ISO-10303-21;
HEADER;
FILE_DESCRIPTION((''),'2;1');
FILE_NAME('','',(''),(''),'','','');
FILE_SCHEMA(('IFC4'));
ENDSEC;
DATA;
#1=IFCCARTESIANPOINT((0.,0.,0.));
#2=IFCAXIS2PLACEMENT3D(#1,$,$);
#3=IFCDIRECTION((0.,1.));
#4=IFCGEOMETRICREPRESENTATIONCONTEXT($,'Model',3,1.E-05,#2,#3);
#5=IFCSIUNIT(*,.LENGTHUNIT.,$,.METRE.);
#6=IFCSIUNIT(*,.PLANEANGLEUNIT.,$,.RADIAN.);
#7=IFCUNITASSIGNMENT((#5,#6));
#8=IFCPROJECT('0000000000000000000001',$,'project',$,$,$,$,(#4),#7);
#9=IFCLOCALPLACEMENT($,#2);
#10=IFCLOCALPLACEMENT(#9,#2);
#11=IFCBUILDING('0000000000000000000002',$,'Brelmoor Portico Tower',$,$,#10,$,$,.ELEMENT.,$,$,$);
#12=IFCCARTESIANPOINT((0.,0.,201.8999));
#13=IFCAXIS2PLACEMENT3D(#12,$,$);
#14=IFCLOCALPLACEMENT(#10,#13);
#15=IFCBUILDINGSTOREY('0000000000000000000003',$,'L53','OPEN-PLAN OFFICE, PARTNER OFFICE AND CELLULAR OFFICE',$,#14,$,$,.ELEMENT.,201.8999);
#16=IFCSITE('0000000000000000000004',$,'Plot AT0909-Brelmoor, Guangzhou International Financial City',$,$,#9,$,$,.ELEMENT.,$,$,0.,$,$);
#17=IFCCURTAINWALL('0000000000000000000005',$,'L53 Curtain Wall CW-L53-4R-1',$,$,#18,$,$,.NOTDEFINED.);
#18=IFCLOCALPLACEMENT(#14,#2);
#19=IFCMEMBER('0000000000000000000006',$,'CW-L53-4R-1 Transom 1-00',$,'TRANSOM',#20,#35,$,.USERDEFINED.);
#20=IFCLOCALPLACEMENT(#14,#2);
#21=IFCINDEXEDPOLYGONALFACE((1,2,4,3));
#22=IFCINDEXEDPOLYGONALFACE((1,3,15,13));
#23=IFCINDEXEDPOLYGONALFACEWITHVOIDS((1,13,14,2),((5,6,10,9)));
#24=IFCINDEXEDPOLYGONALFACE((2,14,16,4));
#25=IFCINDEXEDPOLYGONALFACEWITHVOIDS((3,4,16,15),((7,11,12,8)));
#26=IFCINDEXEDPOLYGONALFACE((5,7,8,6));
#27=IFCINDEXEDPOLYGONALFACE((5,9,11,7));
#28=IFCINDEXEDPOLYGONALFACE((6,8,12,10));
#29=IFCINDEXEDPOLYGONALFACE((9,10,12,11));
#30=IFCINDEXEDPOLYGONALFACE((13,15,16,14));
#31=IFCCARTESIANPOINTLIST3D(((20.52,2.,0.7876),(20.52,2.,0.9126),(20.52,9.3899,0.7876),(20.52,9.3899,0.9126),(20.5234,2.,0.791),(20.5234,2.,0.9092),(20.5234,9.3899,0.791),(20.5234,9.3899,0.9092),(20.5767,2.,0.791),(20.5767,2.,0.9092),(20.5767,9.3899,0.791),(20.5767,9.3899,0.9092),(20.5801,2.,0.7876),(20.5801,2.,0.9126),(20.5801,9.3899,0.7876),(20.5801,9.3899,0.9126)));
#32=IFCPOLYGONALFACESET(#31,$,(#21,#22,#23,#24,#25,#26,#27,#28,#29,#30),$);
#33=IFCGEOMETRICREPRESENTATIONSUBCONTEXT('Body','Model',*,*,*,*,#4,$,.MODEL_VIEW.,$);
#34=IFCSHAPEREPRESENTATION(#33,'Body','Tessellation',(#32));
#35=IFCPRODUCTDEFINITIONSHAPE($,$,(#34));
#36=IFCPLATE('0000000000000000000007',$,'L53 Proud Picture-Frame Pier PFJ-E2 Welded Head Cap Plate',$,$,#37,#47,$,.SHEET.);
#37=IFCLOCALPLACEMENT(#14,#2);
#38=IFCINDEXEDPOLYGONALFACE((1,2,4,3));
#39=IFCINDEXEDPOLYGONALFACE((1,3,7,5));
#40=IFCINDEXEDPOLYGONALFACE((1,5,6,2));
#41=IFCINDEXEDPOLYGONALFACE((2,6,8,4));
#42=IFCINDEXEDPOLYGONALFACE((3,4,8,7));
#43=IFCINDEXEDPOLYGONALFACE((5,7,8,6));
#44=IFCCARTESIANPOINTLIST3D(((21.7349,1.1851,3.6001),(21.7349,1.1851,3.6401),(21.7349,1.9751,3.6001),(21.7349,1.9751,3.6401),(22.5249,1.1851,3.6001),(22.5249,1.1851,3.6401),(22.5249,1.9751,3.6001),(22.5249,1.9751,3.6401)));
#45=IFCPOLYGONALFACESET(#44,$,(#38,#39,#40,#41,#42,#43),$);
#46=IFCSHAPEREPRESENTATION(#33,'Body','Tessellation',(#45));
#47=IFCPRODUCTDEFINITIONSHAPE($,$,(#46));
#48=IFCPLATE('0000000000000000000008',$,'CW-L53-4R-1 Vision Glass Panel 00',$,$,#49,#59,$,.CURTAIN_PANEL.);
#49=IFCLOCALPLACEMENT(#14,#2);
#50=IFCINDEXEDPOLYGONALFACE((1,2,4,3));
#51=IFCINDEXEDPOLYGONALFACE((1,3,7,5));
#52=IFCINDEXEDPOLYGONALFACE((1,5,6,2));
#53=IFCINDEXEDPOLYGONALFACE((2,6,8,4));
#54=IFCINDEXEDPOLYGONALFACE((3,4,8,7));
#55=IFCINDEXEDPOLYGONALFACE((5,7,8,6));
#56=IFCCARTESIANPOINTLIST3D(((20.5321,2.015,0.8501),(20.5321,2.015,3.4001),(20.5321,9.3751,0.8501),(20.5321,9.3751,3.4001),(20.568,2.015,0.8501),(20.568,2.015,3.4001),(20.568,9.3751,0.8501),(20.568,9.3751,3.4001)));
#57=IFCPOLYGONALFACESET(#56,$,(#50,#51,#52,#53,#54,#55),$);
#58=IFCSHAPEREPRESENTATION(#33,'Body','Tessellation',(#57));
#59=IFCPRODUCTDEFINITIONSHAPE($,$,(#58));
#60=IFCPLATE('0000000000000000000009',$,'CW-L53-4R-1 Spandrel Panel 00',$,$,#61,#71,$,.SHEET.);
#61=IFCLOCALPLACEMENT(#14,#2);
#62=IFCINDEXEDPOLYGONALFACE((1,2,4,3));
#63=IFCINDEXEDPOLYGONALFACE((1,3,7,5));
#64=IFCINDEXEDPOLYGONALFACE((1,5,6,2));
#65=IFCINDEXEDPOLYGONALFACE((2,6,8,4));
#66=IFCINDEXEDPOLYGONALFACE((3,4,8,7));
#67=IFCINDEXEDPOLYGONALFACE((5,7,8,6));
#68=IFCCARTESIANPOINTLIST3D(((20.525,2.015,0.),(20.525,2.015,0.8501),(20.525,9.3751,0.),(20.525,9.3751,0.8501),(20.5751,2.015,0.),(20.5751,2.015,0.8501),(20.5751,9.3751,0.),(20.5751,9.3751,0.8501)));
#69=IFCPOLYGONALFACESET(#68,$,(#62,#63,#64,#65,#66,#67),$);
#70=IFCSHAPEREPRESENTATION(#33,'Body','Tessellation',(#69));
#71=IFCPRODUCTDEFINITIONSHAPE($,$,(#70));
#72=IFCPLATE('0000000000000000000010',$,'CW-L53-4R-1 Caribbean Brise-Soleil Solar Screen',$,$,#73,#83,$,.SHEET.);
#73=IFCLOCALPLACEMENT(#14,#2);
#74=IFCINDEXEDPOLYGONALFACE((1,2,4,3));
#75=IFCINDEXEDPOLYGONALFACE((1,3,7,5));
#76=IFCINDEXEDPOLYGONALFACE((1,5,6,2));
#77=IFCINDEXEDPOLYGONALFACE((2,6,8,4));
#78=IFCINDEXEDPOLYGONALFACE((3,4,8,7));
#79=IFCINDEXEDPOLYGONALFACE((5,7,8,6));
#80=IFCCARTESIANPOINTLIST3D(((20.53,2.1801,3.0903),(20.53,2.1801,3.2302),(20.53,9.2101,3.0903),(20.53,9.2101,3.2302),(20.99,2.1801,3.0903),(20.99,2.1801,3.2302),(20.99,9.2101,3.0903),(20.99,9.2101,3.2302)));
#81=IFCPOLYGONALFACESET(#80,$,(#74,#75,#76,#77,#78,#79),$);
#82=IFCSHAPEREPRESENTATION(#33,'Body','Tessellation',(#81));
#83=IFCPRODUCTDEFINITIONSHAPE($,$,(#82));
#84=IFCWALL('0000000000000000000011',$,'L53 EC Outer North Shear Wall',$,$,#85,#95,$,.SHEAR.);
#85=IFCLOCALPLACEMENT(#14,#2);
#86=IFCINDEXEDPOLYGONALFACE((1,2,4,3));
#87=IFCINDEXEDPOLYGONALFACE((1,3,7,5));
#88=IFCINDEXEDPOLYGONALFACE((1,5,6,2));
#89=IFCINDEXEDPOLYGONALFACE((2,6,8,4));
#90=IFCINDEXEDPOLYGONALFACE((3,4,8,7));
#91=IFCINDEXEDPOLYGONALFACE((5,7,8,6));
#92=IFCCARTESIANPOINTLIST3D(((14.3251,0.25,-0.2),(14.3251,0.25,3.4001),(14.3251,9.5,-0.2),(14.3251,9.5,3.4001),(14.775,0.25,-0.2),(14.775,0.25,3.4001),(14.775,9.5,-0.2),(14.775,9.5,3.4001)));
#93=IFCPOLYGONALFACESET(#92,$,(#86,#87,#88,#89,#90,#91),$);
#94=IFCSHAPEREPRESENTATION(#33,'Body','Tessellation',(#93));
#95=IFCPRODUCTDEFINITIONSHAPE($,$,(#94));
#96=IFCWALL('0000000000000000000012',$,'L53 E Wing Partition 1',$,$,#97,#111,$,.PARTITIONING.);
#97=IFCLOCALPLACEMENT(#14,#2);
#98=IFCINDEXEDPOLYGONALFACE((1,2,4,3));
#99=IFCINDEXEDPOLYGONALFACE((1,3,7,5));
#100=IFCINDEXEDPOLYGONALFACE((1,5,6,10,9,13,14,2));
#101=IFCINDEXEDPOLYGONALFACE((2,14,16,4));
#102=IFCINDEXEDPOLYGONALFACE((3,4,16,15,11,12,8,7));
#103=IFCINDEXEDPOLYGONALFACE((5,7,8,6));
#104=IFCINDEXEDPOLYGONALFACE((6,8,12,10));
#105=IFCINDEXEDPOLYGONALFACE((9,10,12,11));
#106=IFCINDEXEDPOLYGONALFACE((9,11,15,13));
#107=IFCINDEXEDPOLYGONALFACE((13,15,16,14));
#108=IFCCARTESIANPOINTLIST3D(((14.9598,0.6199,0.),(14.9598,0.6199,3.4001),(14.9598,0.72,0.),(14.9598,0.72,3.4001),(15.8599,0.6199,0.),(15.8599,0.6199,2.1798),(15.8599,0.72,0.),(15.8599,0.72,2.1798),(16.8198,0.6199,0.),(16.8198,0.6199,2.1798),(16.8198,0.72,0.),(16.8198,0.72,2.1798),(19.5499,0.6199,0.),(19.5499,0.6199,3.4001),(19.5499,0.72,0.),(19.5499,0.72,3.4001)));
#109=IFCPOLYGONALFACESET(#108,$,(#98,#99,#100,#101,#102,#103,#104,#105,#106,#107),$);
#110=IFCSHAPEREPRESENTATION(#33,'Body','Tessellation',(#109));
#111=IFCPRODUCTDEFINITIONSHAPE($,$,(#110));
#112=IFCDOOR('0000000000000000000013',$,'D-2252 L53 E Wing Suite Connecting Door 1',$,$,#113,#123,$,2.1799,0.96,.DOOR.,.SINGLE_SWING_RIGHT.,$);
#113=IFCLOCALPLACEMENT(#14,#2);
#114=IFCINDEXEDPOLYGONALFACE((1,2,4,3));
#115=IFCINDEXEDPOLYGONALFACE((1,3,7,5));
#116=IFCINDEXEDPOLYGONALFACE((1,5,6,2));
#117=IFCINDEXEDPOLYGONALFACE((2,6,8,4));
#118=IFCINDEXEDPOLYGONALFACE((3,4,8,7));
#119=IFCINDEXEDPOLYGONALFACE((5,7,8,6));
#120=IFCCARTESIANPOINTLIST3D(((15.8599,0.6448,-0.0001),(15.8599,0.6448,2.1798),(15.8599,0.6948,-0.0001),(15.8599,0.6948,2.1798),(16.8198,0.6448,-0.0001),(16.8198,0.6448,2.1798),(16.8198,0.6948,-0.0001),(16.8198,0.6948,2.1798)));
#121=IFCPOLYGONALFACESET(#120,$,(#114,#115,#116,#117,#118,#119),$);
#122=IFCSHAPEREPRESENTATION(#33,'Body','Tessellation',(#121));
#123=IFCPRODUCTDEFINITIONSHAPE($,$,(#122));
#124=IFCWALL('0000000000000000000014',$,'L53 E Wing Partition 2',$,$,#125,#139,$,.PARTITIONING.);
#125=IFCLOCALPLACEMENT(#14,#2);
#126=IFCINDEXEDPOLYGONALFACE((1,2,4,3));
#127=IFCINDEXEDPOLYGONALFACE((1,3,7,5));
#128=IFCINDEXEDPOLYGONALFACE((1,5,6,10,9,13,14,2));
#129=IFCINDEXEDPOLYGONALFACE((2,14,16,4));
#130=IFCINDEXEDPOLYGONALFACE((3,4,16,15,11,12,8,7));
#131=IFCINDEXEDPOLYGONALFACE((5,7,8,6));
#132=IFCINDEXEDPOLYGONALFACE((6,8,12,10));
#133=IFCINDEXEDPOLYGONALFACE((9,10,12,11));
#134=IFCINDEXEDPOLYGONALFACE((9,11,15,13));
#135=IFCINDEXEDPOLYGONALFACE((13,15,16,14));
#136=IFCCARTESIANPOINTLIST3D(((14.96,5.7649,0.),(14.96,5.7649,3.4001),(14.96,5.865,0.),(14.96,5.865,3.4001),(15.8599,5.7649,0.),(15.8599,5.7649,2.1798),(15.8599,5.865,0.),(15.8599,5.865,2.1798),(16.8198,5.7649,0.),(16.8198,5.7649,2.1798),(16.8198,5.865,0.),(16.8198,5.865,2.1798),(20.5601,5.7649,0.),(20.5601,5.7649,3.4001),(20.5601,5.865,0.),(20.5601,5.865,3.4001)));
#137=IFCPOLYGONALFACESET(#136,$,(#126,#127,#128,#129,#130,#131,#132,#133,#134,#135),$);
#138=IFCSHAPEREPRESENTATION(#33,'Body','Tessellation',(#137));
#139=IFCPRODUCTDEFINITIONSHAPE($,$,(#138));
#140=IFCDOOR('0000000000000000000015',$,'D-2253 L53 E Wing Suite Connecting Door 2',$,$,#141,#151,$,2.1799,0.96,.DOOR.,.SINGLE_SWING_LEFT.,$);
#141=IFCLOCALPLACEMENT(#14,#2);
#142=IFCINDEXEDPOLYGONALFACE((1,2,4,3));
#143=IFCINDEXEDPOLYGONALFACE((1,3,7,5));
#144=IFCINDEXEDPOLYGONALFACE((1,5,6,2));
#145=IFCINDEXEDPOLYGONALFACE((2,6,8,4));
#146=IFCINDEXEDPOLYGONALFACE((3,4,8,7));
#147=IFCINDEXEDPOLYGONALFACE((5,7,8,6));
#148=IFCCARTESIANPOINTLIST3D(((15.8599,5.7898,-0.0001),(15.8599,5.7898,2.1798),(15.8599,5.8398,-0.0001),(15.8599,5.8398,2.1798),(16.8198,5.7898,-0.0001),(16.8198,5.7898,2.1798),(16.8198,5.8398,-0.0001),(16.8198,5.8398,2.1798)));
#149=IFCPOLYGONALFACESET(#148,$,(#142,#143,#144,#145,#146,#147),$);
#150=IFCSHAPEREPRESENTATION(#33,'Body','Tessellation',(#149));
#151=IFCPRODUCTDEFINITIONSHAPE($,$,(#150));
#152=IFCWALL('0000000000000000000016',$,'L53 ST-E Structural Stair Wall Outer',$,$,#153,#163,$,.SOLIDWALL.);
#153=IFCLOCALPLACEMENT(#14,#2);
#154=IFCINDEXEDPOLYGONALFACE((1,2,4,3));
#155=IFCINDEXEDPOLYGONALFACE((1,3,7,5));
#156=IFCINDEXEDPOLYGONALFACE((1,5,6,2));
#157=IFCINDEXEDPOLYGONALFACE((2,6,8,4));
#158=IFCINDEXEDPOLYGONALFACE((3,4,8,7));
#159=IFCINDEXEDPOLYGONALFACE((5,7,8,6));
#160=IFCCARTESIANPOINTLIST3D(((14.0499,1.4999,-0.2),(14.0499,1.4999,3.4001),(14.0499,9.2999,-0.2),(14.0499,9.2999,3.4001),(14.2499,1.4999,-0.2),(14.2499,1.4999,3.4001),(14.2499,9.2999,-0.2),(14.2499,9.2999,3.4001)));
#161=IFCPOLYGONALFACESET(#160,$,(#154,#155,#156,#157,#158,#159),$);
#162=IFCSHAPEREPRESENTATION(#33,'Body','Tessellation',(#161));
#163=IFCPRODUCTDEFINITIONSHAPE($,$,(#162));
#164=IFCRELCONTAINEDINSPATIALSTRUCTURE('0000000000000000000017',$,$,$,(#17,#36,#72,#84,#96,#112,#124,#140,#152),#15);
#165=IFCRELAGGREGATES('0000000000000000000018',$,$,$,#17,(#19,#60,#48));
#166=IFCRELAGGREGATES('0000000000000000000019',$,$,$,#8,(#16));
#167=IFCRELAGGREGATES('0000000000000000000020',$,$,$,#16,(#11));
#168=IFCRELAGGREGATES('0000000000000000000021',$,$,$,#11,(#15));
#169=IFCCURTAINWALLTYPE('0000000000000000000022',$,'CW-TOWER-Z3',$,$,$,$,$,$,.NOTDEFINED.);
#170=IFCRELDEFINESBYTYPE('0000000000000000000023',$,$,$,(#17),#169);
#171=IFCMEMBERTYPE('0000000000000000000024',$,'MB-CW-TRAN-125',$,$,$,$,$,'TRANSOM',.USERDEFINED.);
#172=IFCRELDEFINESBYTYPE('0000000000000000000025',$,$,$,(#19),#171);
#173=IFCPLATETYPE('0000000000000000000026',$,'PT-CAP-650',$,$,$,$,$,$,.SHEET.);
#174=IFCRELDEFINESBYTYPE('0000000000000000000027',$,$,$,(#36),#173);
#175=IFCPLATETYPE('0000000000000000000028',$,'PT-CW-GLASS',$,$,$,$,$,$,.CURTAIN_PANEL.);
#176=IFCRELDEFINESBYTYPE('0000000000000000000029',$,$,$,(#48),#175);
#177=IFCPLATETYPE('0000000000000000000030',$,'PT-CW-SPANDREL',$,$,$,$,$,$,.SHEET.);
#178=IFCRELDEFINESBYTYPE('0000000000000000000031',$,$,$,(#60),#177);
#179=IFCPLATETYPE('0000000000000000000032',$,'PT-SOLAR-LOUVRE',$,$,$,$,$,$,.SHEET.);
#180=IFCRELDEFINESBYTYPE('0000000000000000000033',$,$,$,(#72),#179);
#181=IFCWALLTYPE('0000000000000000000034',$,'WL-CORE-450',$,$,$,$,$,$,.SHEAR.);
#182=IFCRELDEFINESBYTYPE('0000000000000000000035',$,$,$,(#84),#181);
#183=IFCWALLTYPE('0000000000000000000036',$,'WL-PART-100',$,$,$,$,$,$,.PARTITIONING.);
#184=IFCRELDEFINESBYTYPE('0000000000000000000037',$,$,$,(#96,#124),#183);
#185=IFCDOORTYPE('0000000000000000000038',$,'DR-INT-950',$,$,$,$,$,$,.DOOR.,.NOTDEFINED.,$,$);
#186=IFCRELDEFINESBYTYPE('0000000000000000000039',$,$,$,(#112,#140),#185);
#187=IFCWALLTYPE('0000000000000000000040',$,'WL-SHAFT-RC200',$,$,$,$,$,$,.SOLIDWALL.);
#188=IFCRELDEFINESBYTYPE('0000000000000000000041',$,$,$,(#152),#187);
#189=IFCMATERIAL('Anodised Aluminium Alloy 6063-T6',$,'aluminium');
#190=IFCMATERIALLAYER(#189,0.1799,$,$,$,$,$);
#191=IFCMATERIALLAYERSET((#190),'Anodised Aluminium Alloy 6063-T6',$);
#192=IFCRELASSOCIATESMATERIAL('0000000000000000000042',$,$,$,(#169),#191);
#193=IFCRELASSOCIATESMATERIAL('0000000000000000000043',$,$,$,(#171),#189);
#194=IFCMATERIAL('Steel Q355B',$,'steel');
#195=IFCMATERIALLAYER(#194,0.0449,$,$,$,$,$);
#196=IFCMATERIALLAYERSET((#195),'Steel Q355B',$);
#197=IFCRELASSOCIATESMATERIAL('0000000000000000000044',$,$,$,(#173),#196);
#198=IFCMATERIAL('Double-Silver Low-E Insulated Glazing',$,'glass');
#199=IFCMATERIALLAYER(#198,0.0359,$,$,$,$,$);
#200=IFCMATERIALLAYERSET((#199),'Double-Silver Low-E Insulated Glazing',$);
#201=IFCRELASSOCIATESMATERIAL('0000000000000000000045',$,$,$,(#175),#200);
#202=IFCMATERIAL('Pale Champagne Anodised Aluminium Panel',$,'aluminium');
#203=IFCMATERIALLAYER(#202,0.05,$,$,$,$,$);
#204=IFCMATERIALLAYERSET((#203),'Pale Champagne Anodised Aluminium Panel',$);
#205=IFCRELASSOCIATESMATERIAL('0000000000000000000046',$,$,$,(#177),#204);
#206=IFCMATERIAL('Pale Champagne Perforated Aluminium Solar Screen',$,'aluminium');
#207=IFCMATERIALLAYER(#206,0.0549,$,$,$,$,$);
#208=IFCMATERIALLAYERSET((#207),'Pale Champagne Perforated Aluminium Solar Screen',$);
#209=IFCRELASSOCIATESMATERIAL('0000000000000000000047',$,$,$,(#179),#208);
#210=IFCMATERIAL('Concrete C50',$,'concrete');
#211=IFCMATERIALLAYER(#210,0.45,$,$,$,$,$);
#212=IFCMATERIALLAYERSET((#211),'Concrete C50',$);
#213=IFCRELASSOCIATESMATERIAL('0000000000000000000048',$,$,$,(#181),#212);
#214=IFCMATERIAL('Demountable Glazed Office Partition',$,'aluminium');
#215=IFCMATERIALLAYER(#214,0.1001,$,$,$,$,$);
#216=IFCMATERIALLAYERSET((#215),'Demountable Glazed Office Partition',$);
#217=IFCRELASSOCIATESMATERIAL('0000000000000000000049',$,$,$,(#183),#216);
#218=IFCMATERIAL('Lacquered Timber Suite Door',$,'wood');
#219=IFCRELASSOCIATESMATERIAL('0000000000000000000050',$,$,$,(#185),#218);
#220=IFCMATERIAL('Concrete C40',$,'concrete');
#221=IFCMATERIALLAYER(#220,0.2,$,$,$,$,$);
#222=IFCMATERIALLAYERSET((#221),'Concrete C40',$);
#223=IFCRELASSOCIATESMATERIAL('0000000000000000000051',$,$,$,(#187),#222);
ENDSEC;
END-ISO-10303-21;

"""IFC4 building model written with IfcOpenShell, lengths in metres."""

from ifc_helpers import new_model, si_unit, direction, frame, frame_2d, origin, origin_2d, place, context, subcontext, project, spatial, rectangle, hollow_rectangle, extrude, material, layer, layer_set, material_profile, profile_set, type_object, element, fill, aggregate, save


model = new_model("IFC4")

# Units and contexts
model_context = context("Model", 3, precision=1e-05, world=origin(), true_north=direction((0.0, 1.0)))
body_context = subcontext(model_context, "Body", "Model", "MODEL_VIEW")
ifc_project = project(units=[si_unit("LENGTHUNIT", "METRE"), si_unit("PLANEANGLEUNIT", "RADIAN")], contexts=[model_context])

# Site, building, storey
site_placement = place(None, origin())
site = spatial("IfcSite", under=ifc_project, at=site_placement, Name="Plot AT0909-Brelmoor, Guangzhou International Financial City", CompositionType="ELEMENT", RefElevation=0.0)
building_placement = place(site_placement, origin())
building = spatial("IfcBuilding", under=site, at=building_placement, Name="Brelmoor Portico Tower", CompositionType="ELEMENT")
storey_placement = place(building_placement, frame((0.0, 0.0, 201.8999)))
storey = spatial("IfcBuildingStorey", under=building, at=storey_placement, Name="L53", Description="OPEN-PLAN OFFICE, PARTNER OFFICE AND CELLULAR OFFICE", CompositionType="ELEMENT", Elevation=201.8999)

# Shared definitions
ifc_material_1 = material(Name="Steel Q355B", Category="steel")

# Curtain wall, member
ifc_material_2 = material(Name="Anodised Aluminium Alloy 6063-T6", Category="aluminium")
ifc_layer_1 = layer(ifc_material_2, 0.1799)
ifc_layer_set_1 = layer_set([ifc_layer_1], Name="Anodised Aluminium Alloy 6063-T6")
curtain_wall_type = type_object("IfcCurtainWallType", Name="CW-TOWER-Z3", PredefinedType="NOTDEFINED", material=ifc_layer_set_1)
curtain_wall_placement = place(storey_placement, origin())
curtain_wall = element("IfcCurtainWall", 1, at=curtain_wall_placement, inside=storey, type_object=curtain_wall_type, Name="L53 Curtain Wall CW-L53-4R-1", PredefinedType="NOTDEFINED")
ifc_material_profile_1 = material_profile(ifc_material_2, hollow_rectangle(XDim=0.0601, YDim=0.125, WallThickness=0.0034, at=origin_2d()), Name="ALU TRANSOM 60x125")
ifc_profile_set_1 = profile_set([ifc_material_profile_1], Name="Anodised Aluminium Alloy 6063-T6")
member_type_1 = type_object("IfcMemberType", Name="MB-CW-TRAN-125", ElementType="TRANSOM", PredefinedType="USERDEFINED", material=ifc_profile_set_1)
member_1_placement = place(storey_placement, frame((20.55, 2.0, 0.8501), z_axis=(0.0, 1.0, 0.0), x_axis=(-1.0, 0.0, 0.0)))
member_1 = element("IfcMember", 2, at=member_1_placement, type_object=member_type_1, Name="CW-L53-4R-1 Transom 1-00", ObjectType="TRANSOM", PredefinedType="USERDEFINED", context=body_context, shape_type="SweptSolid", body=[
    extrude(hollow_rectangle(XDim=0.0601, YDim=0.125, WallThickness=0.0034, at=origin_2d()), origin(), (0.0, 0.0, 1.0), 7.3899),
])

# Plates
ifc_layer_2 = layer(ifc_material_1, 0.0449)
ifc_layer_set_2 = layer_set([ifc_layer_2], Name="Steel Q355B")
plate_type_1 = type_object("IfcPlateType", Name="PT-CAP-650", PredefinedType="SHEET", material=ifc_layer_set_2)
plate_1_placement = place(storey_placement, frame((22.1299, 1.5801, 3.6001), z_axis=(0.0, 0.0, 1.0), x_axis=(0.0, 1.0, 0.0)))
element("IfcPlate", 3, at=plate_1_placement, inside=storey, type_object=plate_type_1, Name="L53 Proud Picture-Frame Pier PFJ-E2 Welded Head Cap Plate", PredefinedType="SHEET", context=body_context, shape_type="SweptSolid", body=[
    extrude(rectangle(XDim=0.79, YDim=0.79, at=origin_2d()), origin(), (0.0, 0.0, 1.0), 0.04),
])
ifc_material_3 = material(Name="Double-Silver Low-E Insulated Glazing", Category="glass")
ifc_layer_3 = layer(ifc_material_3, 0.0359)
ifc_layer_set_3 = layer_set([ifc_layer_3], Name="Double-Silver Low-E Insulated Glazing")
plate_type_2 = type_object("IfcPlateType", Name="PT-CW-GLASS", PredefinedType="CURTAIN_PANEL", material=ifc_layer_set_3)
plate_2_placement = place(storey_placement, frame((20.55, 5.6951, 0.8501), z_axis=(0.0, 0.0, 1.0), x_axis=(0.0, 1.0, 0.0)))
plate_2 = element("IfcPlate", 4, at=plate_2_placement, type_object=plate_type_2, Name="CW-L53-4R-1 Vision Glass Panel 00", PredefinedType="CURTAIN_PANEL", context=body_context, shape_type="SweptSolid", body=[
    extrude(rectangle(XDim=7.3601, YDim=0.0359, at=origin_2d()), origin(), (0.0, 0.0, 1.0), 2.55),
])
ifc_material_4 = material(Name="Pale Champagne Anodised Aluminium Panel", Category="aluminium")
ifc_layer_4 = layer(ifc_material_4, 0.05)
ifc_layer_set_4 = layer_set([ifc_layer_4], Name="Pale Champagne Anodised Aluminium Panel")
plate_type_3 = type_object("IfcPlateType", Name="PT-CW-SPANDREL", PredefinedType="SHEET", material=ifc_layer_set_4)
plate_3_placement = place(storey_placement, frame((20.55, 5.6951, 0.0), z_axis=(0.0, 0.0, 1.0), x_axis=(0.0, 1.0, 0.0)))
plate_3 = element("IfcPlate", 5, at=plate_3_placement, type_object=plate_type_3, Name="CW-L53-4R-1 Spandrel Panel 00", PredefinedType="SHEET", context=body_context, shape_type="SweptSolid", body=[
    extrude(rectangle(XDim=7.3601, YDim=0.05, at=origin_2d()), origin(), (0.0, 0.0, 1.0), 0.8501),
])
aggregate(curtain_wall, [member_1, plate_3, plate_2])
ifc_material_5 = material(Name="Pale Champagne Perforated Aluminium Solar Screen", Category="aluminium")
ifc_layer_5 = layer(ifc_material_5, 0.0549)
ifc_layer_set_5 = layer_set([ifc_layer_5], Name="Pale Champagne Perforated Aluminium Solar Screen")
plate_type_4 = type_object("IfcPlateType", Name="PT-SOLAR-LOUVRE", PredefinedType="SHEET", material=ifc_layer_set_5)
plate_4_placement = place(storey_placement, frame((20.76, 5.6951, 3.0903), z_axis=(0.0, 0.0, 1.0), x_axis=(0.0, 1.0, 0.0)))
element("IfcPlate", 6, at=plate_4_placement, inside=storey, type_object=plate_type_4, Name="CW-L53-4R-1 Caribbean Brise-Soleil Solar Screen", PredefinedType="SHEET", context=body_context, shape_type="SweptSolid", body=[
    extrude(rectangle(XDim=7.03, YDim=0.46, at=origin_2d()), origin(), (0.0, 0.0, 1.0), 0.1399),
])

# Wall
ifc_material_6 = material(Name="Concrete C50", Category="concrete")
ifc_layer_6 = layer(ifc_material_6, 0.45)
ifc_layer_set_6 = layer_set([ifc_layer_6], Name="Concrete C50")
wall_type_1 = type_object("IfcWallType", Name="WL-CORE-450", PredefinedType="SHEAR", material=ifc_layer_set_6)
wall_1_placement = place(storey_placement, frame((14.55, 0.25, -0.2), z_axis=(0.0, 0.0, 1.0), x_axis=(0.0, 1.0, 0.0)))
element("IfcWall", 7, at=wall_1_placement, inside=storey, type_object=wall_type_1, Name="L53 EC Outer North Shear Wall", PredefinedType="SHEAR", context=body_context, shape_type="SweptSolid", body=[
    extrude(rectangle(XDim=9.25, YDim=0.45, at=frame_2d((4.625, 0.0))), origin(), (0.0, 0.0, 1.0), 3.6001),
])

# Walls, openings, doors
ifc_material_7 = material(Name="Demountable Glazed Office Partition", Category="aluminium")
ifc_layer_7 = layer(ifc_material_7, 0.1001)
ifc_layer_set_7 = layer_set([ifc_layer_7], Name="Demountable Glazed Office Partition")
wall_type_2 = type_object("IfcWallType", Name="WL-PART-100", PredefinedType="PARTITIONING", material=ifc_layer_set_7)
wall_2_placement = place(storey_placement, frame((14.96, 0.6699, 0.0), z_axis=(0.0, 0.0, 1.0), x_axis=(1.0, 0.0, 0.0)))
wall_2 = element("IfcWall", 8, at=wall_2_placement, inside=storey, type_object=wall_type_2, Name="L53 E Wing Partition 1", PredefinedType="PARTITIONING", context=body_context, shape_type="SweptSolid", body=[
    extrude(rectangle(XDim=4.5901, YDim=0.1001, at=frame_2d((2.2949, 0.0))), origin(), (0.0, 0.0, 1.0), 3.4001),
])
opening_1_placement = place(wall_2_placement, frame((0.8999, 0.0, 0.0)))
opening_1 = element("IfcOpeningElement", 9, at=opening_1_placement, cuts=wall_2, PredefinedType="OPENING", context=body_context, shape_type="SweptSolid", body=[
    extrude(rectangle(XDim=0.96, YDim=2.1799, at=frame_2d((0.48, 1.0898))), frame((0.0, 0.0601, 0.0), z_axis=(0.0, -1.0, 0.0), x_axis=(1.0, 0.0, 0.0)), (0.0, 0.0, 1.0), 0.1201),
])
ifc_material_8 = material(Name="Lacquered Timber Suite Door", Category="wood")
door_type = type_object("IfcDoorType", Name="DR-INT-950", OperationType="NOTDEFINED", PredefinedType="DOOR", material=ifc_material_8)
door_1_placement = place(opening_1_placement, origin())
door_1 = element("IfcDoor", 10, at=door_1_placement, inside=storey, type_object=door_type, Name="D-2252 L53 E Wing Suite Connecting Door 1", OperationType="SINGLE_SWING_RIGHT", OverallHeight=2.1799, OverallWidth=0.96, PredefinedType="DOOR", context=body_context, shape_type="SweptSolid", body=[
    extrude(rectangle(XDim=0.96, YDim=2.1799, at=frame_2d((0.48, 1.0898))), frame((0.0, 0.0249, 0.0), z_axis=(0.0, -1.0, 0.0), x_axis=(1.0, 0.0, 0.0)), (0.0, 0.0, 1.0), 0.05),
])
fill(opening_1, door_1)
wall_3_placement = place(storey_placement, frame((14.96, 5.8149, 0.0), z_axis=(0.0, 0.0, 1.0), x_axis=(1.0, 0.0, 0.0)))
wall_3 = element("IfcWall", 11, at=wall_3_placement, inside=storey, type_object=wall_type_2, Name="L53 E Wing Partition 2", PredefinedType="PARTITIONING", context=body_context, shape_type="SweptSolid", body=[
    extrude(rectangle(XDim=5.6001, YDim=0.1001, at=frame_2d((2.8, 0.0))), origin(), (0.0, 0.0, 1.0), 3.4001),
])
opening_2_placement = place(wall_3_placement, frame((0.8999, 0.0, 0.0)))
opening_2 = element("IfcOpeningElement", 12, at=opening_2_placement, cuts=wall_3, PredefinedType="OPENING", context=body_context, shape_type="SweptSolid", body=[
    extrude(rectangle(XDim=0.96, YDim=2.1799, at=frame_2d((0.48, 1.0898))), frame((0.0, 0.0601, 0.0), z_axis=(0.0, -1.0, 0.0), x_axis=(1.0, 0.0, 0.0)), (0.0, 0.0, 1.0), 0.1201),
])
door_2_placement = place(opening_2_placement, origin())
door_2 = element("IfcDoor", 13, at=door_2_placement, inside=storey, type_object=door_type, Name="D-2253 L53 E Wing Suite Connecting Door 2", OperationType="SINGLE_SWING_LEFT", OverallHeight=2.1799, OverallWidth=0.96, PredefinedType="DOOR", context=body_context, shape_type="SweptSolid", body=[
    extrude(rectangle(XDim=0.96, YDim=2.1799, at=frame_2d((0.48, 1.0898))), frame((0.0, 0.0249, 0.0), z_axis=(0.0, -1.0, 0.0), x_axis=(1.0, 0.0, 0.0)), (0.0, 0.0, 1.0), 0.05),
])
fill(opening_2, door_2)

# Wall
ifc_material_9 = material(Name="Concrete C40", Category="concrete")
ifc_layer_8 = layer(ifc_material_9, 0.2)
ifc_layer_set_8 = layer_set([ifc_layer_8], Name="Concrete C40")
wall_type_3 = type_object("IfcWallType", Name="WL-SHAFT-RC200", PredefinedType="SOLIDWALL", material=ifc_layer_set_8)
wall_4_placement = place(storey_placement, frame((14.1499, 1.5, -0.2), z_axis=(0.0, 0.0, 1.0), x_axis=(0.0, 1.0, 0.0)))
element("IfcWall", 14, at=wall_4_placement, inside=storey, type_object=wall_type_3, Name="L53 ST-E Structural Stair Wall Outer", PredefinedType="SOLIDWALL", context=body_context, shape_type="SweptSolid", body=[
    extrude(rectangle(XDim=7.8, YDim=0.2, at=frame_2d((3.8999, 0.0))), origin(), (0.0, 0.0, 1.0), 3.6001),
])

save(model, "model.ifc")
